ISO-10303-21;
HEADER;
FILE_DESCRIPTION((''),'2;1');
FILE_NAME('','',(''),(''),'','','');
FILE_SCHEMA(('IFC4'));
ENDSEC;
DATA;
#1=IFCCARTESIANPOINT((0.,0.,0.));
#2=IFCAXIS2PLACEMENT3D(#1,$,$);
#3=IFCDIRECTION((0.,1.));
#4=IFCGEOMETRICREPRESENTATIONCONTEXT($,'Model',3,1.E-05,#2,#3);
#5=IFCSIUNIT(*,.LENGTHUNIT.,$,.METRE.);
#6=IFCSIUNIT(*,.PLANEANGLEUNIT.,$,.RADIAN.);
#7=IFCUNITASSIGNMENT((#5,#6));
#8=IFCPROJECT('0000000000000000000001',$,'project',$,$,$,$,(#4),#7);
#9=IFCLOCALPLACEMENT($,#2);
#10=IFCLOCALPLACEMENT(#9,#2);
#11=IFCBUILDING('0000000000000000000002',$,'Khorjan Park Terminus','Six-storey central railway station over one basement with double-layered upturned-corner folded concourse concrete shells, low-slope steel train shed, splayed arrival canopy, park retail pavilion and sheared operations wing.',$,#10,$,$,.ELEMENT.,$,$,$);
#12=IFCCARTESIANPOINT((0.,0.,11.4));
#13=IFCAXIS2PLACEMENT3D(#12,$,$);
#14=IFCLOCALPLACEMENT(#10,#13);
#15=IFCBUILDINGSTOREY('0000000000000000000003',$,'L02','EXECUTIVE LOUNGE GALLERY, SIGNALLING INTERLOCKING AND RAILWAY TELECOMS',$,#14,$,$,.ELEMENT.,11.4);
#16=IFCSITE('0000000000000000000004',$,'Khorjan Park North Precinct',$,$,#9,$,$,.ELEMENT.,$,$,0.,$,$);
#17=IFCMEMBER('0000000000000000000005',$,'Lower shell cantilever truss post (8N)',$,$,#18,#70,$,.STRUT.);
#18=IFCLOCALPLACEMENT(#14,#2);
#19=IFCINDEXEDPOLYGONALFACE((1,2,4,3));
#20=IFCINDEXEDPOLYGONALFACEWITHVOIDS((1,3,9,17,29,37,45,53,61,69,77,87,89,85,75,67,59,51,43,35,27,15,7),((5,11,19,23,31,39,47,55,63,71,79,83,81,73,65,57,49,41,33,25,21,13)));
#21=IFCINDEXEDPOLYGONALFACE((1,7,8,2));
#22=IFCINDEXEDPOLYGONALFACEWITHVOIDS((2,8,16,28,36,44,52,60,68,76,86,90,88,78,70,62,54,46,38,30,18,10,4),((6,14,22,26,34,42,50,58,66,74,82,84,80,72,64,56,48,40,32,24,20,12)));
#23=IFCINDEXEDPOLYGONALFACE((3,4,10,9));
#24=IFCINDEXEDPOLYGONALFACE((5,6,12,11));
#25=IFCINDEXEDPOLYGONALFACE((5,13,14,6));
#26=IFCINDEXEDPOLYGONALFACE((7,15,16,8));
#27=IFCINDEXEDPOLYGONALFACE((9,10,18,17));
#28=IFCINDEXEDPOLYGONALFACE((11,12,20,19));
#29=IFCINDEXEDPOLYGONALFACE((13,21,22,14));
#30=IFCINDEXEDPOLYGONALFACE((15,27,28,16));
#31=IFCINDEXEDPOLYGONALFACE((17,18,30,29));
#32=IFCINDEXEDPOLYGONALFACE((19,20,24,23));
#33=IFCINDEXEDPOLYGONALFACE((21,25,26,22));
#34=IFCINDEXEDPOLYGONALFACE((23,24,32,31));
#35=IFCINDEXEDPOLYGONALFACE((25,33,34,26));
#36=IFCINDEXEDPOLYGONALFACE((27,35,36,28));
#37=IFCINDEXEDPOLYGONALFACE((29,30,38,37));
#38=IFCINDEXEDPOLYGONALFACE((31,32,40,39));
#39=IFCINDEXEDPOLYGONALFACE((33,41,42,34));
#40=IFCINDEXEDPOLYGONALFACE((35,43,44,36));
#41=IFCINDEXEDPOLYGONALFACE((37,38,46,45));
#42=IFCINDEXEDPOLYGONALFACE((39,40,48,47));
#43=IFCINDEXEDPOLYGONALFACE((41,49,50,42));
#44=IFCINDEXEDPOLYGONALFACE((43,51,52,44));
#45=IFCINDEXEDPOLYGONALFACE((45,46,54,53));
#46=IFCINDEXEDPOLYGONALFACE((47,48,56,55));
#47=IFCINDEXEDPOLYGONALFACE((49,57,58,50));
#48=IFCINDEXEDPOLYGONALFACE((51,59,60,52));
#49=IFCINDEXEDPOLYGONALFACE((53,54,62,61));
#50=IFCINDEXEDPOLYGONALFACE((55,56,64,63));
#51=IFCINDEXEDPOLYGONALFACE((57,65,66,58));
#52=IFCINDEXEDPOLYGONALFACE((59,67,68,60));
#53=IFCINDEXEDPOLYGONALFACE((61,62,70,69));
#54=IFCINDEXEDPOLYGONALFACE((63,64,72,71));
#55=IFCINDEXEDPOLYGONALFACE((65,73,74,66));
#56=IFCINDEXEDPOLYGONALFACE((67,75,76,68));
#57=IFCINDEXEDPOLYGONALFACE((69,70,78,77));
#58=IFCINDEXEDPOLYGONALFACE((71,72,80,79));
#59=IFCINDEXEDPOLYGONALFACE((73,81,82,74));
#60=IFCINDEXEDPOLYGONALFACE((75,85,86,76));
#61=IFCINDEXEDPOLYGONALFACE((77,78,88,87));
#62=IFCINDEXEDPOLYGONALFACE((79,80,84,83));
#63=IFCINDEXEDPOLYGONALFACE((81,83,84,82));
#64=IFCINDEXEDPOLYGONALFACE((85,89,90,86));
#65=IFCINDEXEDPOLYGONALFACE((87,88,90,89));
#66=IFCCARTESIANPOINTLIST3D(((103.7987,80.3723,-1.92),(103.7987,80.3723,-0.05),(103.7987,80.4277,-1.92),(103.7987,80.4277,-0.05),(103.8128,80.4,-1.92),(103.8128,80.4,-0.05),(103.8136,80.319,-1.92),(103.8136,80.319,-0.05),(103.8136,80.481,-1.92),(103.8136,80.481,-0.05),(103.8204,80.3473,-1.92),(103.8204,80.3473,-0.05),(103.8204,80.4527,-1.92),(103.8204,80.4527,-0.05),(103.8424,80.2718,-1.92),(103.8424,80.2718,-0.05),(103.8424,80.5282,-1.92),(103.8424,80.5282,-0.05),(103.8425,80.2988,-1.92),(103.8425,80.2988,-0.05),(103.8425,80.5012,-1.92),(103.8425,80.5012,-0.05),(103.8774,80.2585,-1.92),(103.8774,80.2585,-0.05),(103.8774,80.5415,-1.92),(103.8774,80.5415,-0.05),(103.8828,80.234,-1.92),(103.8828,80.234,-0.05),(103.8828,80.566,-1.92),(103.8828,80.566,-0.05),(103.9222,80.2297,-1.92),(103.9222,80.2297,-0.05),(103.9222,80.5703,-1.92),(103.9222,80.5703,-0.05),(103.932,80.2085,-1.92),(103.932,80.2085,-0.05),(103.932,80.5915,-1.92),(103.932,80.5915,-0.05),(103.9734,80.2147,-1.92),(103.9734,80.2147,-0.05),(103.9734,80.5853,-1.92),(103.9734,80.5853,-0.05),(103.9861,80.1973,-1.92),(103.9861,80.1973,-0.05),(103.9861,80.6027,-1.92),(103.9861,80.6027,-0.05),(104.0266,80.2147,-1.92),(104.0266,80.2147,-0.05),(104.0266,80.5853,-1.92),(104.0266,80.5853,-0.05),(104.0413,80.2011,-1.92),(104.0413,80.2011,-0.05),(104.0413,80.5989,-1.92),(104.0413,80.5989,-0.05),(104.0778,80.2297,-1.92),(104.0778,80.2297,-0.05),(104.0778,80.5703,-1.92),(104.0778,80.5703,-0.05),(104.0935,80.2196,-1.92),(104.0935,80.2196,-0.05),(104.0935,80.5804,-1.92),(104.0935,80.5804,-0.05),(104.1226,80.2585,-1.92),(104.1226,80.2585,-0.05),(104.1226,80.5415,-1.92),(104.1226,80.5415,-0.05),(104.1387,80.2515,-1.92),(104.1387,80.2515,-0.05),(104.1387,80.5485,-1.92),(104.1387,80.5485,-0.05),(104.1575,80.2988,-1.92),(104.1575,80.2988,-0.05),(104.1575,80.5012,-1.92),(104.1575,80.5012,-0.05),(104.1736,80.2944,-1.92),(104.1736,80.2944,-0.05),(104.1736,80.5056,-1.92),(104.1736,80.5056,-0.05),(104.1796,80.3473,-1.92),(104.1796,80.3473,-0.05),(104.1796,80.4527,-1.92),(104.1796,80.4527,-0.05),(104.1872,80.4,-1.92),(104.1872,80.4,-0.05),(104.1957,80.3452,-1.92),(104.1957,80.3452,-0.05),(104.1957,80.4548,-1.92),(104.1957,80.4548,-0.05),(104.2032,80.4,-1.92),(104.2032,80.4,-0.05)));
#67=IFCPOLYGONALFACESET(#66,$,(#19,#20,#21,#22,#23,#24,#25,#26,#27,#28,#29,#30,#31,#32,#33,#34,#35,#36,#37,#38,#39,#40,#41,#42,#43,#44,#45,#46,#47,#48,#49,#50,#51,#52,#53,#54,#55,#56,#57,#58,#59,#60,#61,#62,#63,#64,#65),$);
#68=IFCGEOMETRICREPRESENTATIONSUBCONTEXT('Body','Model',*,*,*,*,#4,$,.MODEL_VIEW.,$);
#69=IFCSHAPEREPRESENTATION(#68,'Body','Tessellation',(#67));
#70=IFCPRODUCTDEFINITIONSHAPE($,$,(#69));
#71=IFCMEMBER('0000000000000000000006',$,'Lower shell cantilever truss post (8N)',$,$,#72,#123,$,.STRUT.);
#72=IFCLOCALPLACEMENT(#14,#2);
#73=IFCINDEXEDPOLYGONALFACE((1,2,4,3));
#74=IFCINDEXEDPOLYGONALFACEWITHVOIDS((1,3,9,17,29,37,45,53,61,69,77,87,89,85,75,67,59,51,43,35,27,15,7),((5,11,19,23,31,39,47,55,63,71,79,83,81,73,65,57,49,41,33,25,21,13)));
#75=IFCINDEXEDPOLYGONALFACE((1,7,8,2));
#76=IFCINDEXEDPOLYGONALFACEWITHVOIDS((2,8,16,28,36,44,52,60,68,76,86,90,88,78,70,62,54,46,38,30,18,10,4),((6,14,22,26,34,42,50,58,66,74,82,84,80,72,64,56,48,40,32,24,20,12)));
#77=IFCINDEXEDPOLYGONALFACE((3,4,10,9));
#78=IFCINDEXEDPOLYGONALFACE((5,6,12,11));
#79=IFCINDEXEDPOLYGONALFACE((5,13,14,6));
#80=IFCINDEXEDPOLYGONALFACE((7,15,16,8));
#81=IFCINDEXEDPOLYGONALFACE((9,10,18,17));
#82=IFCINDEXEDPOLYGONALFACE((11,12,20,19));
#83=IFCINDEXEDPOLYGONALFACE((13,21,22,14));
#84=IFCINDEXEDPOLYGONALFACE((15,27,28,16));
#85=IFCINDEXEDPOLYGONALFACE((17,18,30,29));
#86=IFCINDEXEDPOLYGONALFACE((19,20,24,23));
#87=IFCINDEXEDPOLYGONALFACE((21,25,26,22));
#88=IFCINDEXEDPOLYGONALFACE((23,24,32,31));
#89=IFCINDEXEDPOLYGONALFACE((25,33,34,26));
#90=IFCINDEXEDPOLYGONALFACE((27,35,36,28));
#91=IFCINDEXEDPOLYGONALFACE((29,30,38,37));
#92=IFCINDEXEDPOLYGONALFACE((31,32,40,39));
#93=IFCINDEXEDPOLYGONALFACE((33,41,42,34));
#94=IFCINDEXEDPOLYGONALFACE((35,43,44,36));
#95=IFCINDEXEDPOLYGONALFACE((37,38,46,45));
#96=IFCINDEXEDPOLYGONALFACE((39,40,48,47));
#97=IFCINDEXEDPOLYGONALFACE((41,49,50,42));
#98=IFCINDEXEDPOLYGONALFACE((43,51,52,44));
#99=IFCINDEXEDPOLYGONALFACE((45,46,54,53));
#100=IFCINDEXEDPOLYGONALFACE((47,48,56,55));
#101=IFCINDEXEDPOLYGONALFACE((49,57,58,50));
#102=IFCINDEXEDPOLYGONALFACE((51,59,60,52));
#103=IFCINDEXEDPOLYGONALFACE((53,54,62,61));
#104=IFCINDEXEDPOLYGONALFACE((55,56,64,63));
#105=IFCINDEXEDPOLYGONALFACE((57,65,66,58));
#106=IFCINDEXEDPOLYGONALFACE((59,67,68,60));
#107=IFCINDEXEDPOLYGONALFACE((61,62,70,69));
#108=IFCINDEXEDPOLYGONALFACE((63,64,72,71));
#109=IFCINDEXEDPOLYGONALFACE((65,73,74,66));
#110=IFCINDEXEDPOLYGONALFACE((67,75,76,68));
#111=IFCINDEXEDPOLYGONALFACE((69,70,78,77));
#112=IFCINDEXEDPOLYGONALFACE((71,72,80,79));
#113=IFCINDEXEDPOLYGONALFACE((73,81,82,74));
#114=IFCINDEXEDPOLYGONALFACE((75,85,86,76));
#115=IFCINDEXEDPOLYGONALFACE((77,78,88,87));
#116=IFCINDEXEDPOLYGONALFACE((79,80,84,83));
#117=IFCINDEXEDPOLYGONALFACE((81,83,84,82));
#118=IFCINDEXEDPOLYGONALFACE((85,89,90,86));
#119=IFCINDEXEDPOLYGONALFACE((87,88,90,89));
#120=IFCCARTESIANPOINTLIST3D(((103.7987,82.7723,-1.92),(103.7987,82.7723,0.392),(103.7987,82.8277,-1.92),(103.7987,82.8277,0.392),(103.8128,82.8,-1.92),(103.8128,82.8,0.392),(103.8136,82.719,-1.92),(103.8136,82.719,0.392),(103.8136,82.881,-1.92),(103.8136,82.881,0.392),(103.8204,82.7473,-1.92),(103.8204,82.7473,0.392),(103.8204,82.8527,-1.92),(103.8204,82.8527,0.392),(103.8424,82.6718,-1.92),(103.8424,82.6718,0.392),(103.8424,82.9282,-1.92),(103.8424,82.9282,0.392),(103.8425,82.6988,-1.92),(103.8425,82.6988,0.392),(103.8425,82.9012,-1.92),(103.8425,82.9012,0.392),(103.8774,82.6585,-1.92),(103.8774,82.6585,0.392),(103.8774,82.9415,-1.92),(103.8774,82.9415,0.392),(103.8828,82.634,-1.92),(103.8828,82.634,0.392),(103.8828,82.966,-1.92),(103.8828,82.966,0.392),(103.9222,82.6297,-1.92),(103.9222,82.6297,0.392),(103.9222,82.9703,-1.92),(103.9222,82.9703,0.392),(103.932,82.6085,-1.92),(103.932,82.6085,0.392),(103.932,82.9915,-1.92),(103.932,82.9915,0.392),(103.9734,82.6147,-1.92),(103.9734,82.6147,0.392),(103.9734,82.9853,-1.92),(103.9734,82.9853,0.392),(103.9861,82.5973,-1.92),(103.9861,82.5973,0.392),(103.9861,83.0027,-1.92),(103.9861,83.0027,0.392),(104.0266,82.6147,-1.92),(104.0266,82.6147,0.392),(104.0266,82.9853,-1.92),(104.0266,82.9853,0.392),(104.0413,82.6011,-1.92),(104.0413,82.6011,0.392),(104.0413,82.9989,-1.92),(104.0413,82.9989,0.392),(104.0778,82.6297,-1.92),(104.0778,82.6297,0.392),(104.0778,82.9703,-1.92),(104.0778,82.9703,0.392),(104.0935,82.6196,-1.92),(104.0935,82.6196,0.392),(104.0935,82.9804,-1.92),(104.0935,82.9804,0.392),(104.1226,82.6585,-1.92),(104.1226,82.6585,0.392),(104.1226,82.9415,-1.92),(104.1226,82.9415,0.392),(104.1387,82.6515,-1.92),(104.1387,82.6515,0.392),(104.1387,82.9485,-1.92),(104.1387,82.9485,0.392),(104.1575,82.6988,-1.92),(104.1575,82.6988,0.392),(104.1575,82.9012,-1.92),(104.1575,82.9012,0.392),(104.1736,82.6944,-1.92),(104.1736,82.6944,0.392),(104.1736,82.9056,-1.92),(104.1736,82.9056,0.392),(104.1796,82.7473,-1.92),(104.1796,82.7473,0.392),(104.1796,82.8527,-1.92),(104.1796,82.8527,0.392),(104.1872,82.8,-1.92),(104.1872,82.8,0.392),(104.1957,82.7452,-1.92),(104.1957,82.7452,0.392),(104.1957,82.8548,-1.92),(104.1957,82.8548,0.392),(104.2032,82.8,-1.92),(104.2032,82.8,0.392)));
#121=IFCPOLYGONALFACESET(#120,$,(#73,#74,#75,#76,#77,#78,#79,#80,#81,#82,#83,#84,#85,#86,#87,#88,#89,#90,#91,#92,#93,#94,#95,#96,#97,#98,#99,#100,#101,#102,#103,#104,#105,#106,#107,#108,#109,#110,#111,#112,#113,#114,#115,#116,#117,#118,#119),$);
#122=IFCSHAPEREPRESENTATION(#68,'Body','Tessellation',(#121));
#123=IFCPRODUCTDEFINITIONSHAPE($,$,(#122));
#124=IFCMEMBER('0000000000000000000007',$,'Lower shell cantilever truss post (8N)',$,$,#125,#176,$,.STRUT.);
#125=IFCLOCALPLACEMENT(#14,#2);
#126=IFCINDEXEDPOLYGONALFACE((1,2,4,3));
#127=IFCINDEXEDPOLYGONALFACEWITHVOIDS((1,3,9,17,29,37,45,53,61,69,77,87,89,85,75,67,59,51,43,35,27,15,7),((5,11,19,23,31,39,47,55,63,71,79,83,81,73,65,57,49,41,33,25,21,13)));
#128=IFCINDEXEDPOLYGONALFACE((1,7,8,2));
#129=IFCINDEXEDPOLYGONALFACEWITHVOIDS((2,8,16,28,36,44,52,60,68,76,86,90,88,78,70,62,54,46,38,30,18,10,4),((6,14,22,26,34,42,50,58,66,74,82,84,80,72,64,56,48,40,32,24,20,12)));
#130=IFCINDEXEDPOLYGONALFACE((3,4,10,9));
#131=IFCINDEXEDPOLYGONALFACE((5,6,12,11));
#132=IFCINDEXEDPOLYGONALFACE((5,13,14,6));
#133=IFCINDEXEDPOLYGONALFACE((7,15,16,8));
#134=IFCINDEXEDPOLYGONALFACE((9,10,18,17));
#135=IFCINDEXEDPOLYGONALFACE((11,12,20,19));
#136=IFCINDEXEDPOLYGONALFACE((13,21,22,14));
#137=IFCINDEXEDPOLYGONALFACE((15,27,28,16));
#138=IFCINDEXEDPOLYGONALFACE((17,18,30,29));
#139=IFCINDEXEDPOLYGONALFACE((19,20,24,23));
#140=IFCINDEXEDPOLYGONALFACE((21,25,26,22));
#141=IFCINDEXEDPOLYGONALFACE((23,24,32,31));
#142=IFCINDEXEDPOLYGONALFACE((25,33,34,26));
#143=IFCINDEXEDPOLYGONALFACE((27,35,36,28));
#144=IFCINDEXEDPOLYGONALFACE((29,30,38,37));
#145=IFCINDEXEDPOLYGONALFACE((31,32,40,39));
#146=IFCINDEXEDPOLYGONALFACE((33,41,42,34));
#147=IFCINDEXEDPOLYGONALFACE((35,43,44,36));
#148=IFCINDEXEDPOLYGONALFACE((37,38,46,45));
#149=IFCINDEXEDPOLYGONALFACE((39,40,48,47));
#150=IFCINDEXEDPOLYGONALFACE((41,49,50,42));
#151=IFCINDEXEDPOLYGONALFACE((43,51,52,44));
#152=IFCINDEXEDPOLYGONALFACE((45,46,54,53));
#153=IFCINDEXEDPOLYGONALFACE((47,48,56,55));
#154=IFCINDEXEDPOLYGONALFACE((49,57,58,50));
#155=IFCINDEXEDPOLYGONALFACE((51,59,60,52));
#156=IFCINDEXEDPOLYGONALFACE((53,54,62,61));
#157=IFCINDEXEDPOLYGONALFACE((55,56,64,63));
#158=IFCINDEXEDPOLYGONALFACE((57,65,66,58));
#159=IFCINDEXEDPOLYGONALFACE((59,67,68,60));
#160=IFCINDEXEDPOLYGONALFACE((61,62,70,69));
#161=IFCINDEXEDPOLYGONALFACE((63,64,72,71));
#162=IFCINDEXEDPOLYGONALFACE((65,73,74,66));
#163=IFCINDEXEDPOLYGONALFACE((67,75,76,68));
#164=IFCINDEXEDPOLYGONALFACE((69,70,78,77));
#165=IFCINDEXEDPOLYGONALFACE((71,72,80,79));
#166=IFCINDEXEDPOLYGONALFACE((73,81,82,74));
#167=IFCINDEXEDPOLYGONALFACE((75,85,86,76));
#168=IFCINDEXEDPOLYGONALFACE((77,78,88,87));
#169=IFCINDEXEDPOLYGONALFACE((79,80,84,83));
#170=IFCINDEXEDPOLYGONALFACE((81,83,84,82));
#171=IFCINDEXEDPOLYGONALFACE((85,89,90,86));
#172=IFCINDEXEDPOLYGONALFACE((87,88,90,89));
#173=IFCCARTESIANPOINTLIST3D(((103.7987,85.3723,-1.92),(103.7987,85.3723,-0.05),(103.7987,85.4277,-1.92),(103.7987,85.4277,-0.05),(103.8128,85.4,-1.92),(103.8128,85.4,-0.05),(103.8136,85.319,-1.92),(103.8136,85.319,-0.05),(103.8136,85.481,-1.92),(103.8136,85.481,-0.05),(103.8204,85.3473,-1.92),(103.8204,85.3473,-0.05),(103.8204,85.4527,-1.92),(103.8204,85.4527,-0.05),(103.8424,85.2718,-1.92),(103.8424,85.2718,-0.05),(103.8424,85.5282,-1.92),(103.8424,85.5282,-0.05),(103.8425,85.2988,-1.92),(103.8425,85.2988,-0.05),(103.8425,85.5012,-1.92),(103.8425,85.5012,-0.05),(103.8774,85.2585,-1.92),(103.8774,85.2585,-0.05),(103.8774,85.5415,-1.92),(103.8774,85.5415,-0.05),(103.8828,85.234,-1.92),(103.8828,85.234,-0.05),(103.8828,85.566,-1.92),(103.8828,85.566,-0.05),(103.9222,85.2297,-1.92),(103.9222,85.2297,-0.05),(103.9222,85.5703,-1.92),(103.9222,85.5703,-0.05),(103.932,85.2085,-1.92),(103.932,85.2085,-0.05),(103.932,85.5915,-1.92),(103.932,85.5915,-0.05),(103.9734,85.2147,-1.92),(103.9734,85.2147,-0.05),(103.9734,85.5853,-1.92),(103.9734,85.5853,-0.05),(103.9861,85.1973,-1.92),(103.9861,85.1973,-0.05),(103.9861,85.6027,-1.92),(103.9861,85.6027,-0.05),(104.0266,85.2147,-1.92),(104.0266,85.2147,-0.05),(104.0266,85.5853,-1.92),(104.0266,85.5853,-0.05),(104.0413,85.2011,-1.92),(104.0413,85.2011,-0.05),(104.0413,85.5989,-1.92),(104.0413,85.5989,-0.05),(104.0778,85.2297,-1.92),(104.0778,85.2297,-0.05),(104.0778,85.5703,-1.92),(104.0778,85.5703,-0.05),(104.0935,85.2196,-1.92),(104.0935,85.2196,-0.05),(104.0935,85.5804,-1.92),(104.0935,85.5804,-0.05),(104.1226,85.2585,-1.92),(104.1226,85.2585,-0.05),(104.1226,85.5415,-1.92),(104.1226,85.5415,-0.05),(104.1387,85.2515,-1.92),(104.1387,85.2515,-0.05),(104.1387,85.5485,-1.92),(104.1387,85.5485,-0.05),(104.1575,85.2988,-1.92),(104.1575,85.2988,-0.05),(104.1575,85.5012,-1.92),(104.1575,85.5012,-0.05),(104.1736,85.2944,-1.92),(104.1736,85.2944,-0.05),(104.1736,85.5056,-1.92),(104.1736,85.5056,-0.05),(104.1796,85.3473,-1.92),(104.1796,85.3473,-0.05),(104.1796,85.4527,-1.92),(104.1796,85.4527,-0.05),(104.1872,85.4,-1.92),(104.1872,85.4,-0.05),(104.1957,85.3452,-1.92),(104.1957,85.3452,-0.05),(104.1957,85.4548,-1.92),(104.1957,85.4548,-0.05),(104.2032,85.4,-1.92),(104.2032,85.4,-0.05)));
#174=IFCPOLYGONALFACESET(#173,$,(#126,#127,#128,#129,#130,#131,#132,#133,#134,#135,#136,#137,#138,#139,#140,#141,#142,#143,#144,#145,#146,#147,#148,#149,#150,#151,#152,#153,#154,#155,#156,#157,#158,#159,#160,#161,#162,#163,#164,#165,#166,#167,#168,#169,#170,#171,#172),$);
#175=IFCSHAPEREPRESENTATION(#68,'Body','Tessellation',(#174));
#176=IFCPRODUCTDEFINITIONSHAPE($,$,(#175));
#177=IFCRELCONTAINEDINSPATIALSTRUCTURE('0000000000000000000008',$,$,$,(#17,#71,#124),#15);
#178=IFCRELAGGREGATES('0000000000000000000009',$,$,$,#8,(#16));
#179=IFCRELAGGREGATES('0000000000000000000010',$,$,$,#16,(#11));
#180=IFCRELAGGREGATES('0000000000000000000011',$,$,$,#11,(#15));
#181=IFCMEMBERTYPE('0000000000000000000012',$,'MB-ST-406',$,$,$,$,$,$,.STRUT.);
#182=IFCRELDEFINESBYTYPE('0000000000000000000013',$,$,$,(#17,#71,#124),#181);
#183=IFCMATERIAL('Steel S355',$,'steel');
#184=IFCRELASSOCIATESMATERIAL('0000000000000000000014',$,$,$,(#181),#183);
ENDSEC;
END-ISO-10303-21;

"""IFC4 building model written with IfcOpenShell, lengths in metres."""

from ifc_helpers import new_model, si_unit, direction, frame, origin, origin_2d, place, context, subcontext, project, spatial, hollow_circle, extrude, material, material_profile, profile_set, type_object, element, save


model = new_model("IFC4")

# Units and contexts
model_context = context("Model", 3, precision=1e-05, world=origin(), true_north=direction((0.0, 1.0)))
body_context = subcontext(model_context, "Body", "Model", "MODEL_VIEW")
ifc_project = project(units=[si_unit("LENGTHUNIT", "METRE"), si_unit("PLANEANGLEUNIT", "RADIAN")], contexts=[model_context])

# Site, building, storey
site_placement = place(None, origin())
site = spatial("IfcSite", under=ifc_project, at=site_placement, Name="Khorjan Park North Precinct", CompositionType="ELEMENT", RefElevation=0.0)
building_placement = place(site_placement, origin())
building = spatial("IfcBuilding", under=site, at=building_placement, Name="Khorjan Park Terminus", Description="Six-storey central railway station over one basement with double-layered upturned-corner folded concourse concrete shells, low-slope steel train shed, splayed arrival canopy, park retail pavilion and sheared operations wing.", CompositionType="ELEMENT")
storey_placement = place(building_placement, frame((0.0, 0.0, 11.4)))
storey = spatial("IfcBuildingStorey", under=building, at=storey_placement, Name="L02", Description="EXECUTIVE LOUNGE GALLERY, SIGNALLING INTERLOCKING AND RAILWAY TELECOMS", CompositionType="ELEMENT", Elevation=11.4)

# Shared definitions
ifc_material_1 = material(Name="Steel S355", Category="steel")

# Members
ifc_material_profile_1 = material_profile(ifc_material_1, hollow_circle(Radius=0.2032, WallThickness=0.016, at=origin_2d()), Name="CHS 406.4x16")
ifc_profile_set_1 = profile_set([ifc_material_profile_1], Name="Steel S355")
member_type_1 = type_object("IfcMemberType", Name="MB-ST-406", PredefinedType="STRUT", material=ifc_profile_set_1)
for number, where, z_axis, x_axis, name in (
    (1, (104.0, 80.4, -1.92), (0.0, 0.0, 1.0), (1.0, 0.0, 0.0), "Lower shell cantilever truss post (8N)"),
):
    element("IfcMember", number, at=place(storey_placement, frame(where, z_axis=z_axis, x_axis=x_axis)), inside=storey, type_object=member_type_1, Name=name, PredefinedType="STRUT", context=body_context, shape_type="SweptSolid", body=[
        extrude(hollow_circle(Radius=0.2032, WallThickness=0.016, at=origin_2d()), origin(), (0.0, 0.0, 1.0), 1.87),
    ])
member_1_placement = place(storey_placement, frame((104.0, 82.8, -1.92), z_axis=(0.0, 0.0, 1.0), x_axis=(1.0, 0.0, 0.0)))
element("IfcMember", 2, at=member_1_placement, inside=storey, type_object=member_type_1, Name="Lower shell cantilever truss post (8N)", PredefinedType="STRUT", context=body_context, shape_type="SweptSolid", body=[
    extrude(hollow_circle(Radius=0.2032, WallThickness=0.016, at=origin_2d()), origin(), (0.0, 0.0, 1.0), 2.312),
])
member_2_placement = place(storey_placement, frame((104.0, 85.4, -1.92), z_axis=(0.0, 0.0, 1.0), x_axis=(1.0, 0.0, 0.0)))
element("IfcMember", 3, at=member_2_placement, inside=storey, type_object=member_type_1, Name="Lower shell cantilever truss post (8N)", PredefinedType="STRUT", context=body_context, shape_type="SweptSolid", body=[
    extrude(hollow_circle(Radius=0.2032, WallThickness=0.016, at=origin_2d()), origin(), (0.0, 0.0, 1.0), 1.87),
])

save(model, "model.ifc")
